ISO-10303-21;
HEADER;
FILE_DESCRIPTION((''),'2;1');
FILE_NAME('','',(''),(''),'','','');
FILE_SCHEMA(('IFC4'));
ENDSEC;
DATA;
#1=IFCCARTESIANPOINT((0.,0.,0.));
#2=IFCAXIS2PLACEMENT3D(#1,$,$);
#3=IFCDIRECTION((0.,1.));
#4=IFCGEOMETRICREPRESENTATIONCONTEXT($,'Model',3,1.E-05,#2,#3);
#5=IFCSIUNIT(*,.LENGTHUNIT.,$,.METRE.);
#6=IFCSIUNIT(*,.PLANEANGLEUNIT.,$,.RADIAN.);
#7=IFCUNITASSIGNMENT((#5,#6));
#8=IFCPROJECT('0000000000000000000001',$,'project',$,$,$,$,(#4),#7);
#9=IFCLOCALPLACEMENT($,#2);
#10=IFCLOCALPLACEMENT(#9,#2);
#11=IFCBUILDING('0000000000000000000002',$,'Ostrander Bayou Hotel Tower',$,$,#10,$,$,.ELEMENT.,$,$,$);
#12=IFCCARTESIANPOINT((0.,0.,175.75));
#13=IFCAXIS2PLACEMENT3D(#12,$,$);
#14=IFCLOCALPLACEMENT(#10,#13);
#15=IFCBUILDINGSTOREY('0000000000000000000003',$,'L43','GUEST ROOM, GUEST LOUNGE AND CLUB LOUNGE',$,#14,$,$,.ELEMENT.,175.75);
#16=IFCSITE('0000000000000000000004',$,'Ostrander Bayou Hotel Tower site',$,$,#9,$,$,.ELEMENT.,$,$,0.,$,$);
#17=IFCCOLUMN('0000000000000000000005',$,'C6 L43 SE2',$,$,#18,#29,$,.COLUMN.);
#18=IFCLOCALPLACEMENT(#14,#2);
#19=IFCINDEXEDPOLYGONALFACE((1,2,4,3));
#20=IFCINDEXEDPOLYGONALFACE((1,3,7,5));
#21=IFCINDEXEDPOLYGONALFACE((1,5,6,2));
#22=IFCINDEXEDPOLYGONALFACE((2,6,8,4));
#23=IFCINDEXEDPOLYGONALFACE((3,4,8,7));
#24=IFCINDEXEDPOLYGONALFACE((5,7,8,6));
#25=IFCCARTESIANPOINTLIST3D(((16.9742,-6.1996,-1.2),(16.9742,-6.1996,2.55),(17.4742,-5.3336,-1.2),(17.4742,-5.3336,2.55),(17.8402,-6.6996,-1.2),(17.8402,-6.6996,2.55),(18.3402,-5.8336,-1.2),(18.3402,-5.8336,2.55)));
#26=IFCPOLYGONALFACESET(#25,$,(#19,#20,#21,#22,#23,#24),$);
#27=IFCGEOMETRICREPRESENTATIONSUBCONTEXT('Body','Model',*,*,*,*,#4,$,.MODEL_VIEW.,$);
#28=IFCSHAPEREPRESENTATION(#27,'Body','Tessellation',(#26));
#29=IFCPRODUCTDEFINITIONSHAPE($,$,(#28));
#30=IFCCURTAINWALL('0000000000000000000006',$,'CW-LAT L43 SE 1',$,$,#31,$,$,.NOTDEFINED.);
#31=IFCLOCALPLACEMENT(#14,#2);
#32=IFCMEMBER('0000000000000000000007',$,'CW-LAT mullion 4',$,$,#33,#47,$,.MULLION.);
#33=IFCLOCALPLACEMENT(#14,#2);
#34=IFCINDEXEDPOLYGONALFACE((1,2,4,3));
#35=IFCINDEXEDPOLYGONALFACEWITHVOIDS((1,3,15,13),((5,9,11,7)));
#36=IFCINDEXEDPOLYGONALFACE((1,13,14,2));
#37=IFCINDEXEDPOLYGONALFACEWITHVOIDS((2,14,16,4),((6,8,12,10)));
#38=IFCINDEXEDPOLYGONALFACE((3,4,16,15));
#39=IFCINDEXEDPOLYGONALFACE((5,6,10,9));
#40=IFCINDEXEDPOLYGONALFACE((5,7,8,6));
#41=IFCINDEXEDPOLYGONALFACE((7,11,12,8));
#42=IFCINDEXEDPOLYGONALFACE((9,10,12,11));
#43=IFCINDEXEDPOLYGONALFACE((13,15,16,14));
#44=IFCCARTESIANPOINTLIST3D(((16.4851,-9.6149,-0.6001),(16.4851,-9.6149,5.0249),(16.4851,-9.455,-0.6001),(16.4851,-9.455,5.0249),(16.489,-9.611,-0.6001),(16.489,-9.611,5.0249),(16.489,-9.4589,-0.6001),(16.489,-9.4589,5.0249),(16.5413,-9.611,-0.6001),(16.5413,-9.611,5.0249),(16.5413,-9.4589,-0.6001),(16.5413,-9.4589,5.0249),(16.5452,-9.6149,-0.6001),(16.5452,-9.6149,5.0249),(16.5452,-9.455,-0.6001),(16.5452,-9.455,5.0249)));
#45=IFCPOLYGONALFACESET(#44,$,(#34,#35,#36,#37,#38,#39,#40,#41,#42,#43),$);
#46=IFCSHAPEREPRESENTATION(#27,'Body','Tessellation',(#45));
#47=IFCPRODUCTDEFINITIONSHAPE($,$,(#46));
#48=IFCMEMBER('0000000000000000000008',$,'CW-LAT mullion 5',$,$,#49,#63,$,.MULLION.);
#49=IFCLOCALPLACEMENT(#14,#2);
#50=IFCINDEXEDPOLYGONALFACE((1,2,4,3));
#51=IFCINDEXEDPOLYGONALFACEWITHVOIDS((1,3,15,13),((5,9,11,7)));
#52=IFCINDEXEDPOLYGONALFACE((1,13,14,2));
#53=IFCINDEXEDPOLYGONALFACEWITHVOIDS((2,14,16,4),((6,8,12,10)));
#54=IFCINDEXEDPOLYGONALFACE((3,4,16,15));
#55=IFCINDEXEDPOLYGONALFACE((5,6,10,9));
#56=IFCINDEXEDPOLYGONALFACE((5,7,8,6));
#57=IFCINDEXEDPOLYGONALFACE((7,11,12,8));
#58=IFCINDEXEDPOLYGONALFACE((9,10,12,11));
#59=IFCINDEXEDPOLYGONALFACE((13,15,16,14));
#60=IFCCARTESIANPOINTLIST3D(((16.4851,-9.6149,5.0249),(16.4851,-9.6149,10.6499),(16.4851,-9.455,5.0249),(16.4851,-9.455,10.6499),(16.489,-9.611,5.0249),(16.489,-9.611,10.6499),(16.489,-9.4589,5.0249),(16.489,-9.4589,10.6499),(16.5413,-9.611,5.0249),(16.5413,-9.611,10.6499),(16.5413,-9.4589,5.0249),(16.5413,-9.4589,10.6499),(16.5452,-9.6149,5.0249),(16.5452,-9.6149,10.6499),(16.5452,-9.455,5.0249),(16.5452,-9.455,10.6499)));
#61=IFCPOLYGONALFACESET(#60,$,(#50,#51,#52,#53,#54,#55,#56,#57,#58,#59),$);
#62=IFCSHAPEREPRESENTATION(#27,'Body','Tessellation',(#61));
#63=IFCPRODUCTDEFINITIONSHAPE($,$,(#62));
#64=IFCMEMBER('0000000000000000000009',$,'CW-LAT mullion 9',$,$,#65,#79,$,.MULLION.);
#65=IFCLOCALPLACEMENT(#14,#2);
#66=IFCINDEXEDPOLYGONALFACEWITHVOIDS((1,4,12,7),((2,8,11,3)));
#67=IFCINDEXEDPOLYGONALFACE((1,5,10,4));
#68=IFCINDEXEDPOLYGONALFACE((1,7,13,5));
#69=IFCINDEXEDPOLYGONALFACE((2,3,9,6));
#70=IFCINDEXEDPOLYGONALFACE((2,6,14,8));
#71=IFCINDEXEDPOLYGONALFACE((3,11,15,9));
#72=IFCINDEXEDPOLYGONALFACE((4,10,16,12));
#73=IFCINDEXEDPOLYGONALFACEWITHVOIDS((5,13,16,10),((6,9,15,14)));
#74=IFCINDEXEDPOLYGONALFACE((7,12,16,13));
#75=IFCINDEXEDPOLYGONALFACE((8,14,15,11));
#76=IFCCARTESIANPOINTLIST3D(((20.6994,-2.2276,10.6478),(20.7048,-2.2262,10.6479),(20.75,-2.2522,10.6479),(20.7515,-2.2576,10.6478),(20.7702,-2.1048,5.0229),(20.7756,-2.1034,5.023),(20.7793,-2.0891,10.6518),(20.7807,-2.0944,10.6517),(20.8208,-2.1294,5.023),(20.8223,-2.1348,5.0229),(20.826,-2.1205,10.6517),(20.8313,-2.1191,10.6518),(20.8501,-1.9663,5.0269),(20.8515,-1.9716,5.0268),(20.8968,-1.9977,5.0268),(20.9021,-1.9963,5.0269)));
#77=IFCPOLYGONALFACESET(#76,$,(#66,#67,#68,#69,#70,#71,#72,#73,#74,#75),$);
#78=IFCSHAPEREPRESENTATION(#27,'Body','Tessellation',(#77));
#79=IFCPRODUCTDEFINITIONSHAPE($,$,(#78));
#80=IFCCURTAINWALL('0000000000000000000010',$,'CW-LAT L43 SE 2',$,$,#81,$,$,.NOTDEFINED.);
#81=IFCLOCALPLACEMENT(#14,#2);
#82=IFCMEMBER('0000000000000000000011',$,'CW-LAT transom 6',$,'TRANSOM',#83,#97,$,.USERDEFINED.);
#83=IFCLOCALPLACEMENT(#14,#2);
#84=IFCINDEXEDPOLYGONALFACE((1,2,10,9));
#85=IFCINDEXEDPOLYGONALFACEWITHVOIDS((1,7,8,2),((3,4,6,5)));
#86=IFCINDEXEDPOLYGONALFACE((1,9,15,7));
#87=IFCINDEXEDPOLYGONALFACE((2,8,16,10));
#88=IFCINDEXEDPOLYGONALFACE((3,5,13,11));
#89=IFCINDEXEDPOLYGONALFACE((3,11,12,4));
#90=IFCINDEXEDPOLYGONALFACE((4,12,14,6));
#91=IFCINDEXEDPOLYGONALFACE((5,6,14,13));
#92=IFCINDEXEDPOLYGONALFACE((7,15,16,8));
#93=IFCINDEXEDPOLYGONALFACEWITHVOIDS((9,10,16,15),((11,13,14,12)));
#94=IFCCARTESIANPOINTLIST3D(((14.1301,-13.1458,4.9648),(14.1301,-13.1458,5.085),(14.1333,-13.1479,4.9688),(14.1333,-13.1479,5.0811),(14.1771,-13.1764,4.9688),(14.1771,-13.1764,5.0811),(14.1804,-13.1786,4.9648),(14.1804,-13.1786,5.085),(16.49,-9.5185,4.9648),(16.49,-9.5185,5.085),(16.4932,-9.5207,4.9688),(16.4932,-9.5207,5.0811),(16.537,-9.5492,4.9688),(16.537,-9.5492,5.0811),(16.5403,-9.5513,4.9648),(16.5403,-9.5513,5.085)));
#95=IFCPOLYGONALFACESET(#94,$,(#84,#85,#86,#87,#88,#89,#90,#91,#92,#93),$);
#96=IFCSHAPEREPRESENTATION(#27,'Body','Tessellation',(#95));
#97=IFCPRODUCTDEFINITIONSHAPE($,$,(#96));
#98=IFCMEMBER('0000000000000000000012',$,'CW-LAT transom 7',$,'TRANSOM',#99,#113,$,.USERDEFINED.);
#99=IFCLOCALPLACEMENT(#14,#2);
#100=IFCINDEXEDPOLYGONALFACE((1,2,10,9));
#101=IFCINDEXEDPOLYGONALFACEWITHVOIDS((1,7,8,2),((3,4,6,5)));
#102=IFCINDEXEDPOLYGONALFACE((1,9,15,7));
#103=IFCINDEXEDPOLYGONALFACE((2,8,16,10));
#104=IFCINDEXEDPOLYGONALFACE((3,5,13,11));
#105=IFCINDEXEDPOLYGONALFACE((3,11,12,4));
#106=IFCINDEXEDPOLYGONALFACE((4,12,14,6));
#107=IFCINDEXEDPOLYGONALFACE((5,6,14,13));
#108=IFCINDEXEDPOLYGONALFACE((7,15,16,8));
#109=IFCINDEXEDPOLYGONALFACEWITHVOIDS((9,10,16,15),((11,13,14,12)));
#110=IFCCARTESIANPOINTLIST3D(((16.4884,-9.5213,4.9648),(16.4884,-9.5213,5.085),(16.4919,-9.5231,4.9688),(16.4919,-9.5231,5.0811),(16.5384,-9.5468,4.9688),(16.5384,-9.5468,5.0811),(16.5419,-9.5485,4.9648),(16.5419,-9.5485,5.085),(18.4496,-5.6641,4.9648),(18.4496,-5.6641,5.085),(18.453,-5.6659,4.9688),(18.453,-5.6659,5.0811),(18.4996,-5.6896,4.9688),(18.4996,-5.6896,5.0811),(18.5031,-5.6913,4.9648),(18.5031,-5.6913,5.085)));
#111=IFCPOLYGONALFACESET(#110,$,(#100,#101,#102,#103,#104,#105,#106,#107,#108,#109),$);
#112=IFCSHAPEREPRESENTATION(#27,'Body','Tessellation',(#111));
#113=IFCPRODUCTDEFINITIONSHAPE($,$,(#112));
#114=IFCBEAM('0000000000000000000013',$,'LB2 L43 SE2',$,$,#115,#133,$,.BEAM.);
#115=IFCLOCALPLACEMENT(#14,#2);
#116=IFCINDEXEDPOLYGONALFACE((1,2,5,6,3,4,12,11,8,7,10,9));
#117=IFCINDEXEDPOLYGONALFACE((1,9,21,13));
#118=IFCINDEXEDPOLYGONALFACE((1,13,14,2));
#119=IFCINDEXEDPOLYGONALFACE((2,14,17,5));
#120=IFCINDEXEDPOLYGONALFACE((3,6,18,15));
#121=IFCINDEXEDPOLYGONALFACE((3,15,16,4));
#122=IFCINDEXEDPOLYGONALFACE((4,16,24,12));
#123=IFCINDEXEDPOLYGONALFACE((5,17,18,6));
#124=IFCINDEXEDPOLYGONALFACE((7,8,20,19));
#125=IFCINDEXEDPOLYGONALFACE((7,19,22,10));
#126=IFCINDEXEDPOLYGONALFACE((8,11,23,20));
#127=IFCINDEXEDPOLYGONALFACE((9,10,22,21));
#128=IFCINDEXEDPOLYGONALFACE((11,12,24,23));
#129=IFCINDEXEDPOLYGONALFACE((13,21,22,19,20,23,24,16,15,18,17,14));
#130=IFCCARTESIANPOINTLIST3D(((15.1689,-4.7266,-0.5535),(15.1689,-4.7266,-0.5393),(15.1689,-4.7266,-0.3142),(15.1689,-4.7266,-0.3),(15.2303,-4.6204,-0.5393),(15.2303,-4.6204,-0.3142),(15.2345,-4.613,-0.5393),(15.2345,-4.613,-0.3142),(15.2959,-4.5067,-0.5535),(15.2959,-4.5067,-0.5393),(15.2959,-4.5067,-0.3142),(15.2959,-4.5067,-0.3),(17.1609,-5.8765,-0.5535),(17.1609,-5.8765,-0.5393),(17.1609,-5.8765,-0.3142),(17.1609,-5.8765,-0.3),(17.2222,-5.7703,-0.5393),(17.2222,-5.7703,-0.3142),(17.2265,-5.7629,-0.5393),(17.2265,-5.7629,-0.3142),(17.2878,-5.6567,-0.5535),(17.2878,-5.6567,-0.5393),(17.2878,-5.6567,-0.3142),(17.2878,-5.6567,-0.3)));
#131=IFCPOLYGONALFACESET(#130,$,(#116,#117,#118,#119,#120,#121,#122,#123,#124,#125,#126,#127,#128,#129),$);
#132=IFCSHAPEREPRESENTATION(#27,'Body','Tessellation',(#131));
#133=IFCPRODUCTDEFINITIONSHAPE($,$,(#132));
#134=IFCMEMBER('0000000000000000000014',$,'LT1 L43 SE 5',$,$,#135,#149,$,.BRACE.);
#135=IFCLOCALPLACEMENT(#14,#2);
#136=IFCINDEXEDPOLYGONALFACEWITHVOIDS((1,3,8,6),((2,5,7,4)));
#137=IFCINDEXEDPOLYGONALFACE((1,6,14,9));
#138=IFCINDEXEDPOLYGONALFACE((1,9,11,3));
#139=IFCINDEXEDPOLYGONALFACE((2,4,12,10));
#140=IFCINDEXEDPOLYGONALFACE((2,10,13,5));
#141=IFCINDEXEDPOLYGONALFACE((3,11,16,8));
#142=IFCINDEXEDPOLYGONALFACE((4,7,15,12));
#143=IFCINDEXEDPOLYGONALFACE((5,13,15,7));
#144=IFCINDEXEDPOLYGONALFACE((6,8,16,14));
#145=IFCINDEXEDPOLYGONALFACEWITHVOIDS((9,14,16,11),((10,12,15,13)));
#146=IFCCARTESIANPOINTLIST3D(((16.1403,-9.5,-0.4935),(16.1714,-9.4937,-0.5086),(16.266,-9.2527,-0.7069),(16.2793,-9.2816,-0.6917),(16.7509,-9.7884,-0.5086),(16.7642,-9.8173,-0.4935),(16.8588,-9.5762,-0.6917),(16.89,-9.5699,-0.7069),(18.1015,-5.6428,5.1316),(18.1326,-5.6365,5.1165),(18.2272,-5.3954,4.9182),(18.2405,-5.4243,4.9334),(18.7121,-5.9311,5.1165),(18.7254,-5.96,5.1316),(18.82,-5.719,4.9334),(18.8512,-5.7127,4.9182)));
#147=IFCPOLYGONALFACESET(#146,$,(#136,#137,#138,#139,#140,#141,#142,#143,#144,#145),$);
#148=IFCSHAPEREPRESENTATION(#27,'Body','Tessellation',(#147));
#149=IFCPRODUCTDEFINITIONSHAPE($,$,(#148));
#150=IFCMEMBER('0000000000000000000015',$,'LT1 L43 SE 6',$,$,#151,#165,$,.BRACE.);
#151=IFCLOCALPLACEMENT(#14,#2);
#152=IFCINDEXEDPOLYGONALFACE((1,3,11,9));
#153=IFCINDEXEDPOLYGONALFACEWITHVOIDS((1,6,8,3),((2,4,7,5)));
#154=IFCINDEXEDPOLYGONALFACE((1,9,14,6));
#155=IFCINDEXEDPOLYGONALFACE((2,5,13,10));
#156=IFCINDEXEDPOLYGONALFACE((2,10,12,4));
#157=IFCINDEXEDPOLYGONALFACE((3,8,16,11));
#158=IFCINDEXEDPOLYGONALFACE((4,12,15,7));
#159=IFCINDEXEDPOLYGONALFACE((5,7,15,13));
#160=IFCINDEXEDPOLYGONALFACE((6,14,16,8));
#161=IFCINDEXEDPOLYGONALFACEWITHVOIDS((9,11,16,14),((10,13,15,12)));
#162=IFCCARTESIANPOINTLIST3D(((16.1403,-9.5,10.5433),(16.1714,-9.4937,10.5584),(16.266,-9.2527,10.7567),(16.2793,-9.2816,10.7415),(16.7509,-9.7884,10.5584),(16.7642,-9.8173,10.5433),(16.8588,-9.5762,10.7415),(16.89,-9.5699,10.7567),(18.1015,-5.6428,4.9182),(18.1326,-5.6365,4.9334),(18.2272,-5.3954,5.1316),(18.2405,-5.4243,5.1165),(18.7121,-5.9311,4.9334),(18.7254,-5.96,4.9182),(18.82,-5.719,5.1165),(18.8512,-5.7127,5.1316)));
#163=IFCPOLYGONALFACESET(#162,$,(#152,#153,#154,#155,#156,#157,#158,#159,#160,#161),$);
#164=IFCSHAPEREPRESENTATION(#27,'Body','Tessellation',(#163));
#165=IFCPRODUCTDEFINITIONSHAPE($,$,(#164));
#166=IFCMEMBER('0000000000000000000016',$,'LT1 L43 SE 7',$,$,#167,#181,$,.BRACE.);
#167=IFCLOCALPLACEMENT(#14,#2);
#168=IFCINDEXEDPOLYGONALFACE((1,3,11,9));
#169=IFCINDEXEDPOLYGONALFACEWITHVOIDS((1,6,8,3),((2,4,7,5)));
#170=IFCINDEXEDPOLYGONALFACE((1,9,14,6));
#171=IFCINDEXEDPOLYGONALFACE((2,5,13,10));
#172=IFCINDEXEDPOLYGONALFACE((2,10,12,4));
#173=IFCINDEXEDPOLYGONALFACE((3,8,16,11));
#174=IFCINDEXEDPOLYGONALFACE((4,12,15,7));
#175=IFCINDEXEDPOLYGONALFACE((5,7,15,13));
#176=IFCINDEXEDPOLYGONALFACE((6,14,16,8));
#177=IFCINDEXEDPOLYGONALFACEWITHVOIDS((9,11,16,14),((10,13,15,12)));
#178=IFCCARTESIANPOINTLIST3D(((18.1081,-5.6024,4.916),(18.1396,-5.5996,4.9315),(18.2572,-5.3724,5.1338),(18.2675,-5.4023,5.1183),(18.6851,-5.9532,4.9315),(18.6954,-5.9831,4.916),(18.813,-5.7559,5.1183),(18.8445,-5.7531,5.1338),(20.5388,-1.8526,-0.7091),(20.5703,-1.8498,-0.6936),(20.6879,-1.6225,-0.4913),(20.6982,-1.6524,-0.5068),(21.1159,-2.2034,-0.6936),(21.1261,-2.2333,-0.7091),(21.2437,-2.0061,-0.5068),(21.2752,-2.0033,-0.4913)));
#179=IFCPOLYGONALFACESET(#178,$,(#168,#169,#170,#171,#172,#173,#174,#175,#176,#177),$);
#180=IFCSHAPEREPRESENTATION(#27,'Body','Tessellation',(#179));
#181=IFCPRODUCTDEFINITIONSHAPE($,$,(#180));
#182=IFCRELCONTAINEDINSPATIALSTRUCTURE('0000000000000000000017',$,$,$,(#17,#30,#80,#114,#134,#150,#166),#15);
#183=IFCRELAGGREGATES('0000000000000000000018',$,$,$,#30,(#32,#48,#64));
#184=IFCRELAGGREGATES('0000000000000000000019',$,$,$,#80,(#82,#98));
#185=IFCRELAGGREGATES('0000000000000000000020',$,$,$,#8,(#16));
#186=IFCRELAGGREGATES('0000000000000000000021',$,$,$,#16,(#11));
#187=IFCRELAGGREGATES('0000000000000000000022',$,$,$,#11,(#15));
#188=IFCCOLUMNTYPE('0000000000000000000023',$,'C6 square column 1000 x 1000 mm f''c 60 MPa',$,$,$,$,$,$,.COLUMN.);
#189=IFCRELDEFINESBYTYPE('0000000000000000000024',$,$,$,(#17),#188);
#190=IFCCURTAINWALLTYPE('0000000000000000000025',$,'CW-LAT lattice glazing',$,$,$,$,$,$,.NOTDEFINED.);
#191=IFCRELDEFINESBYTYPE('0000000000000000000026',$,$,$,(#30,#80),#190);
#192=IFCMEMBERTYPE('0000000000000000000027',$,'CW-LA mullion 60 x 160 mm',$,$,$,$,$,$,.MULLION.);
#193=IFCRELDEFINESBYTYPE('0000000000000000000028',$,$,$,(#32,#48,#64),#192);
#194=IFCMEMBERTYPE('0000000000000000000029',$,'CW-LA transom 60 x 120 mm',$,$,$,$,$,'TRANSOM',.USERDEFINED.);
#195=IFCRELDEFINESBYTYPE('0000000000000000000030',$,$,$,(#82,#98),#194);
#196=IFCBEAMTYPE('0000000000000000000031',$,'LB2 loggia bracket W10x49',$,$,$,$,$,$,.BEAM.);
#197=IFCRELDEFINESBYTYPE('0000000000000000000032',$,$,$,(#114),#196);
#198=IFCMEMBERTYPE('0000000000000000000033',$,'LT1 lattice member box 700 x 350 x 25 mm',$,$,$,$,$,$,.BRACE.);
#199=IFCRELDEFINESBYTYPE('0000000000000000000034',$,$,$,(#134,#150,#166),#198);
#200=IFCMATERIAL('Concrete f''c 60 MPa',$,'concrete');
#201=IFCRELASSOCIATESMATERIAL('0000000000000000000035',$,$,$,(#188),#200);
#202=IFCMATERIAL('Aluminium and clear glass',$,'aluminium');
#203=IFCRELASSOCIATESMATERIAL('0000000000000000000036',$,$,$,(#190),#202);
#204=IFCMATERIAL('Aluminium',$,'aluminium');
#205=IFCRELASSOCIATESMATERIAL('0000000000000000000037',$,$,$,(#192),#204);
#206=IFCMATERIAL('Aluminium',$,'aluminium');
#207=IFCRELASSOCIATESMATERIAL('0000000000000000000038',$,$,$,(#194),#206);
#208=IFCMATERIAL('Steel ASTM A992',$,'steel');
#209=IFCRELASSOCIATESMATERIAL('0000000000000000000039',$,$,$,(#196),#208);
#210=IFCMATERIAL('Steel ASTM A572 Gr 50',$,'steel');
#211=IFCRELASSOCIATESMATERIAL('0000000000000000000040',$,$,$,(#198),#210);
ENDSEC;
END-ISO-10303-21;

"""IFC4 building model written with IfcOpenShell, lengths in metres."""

from ifc_helpers import new_model, si_unit, direction, frame, origin, origin_2d, place, context, subcontext, project, spatial, rectangle, hollow_rectangle, i_section, extrude, material, material_profile, profile_set, type_object, element, aggregate, save


model = new_model("IFC4")

# Units and contexts
model_context = context("Model", 3, precision=1e-05, world=origin(), true_north=direction((0.0, 1.0)))
body_context = subcontext(model_context, "Body", "Model", "MODEL_VIEW")
ifc_project = project(units=[si_unit("LENGTHUNIT", "METRE"), si_unit("PLANEANGLEUNIT", "RADIAN")], contexts=[model_context])

# Site, building, storey
site_placement = place(None, origin())
site = spatial("IfcSite", under=ifc_project, at=site_placement, Name="Ostrander Bayou Hotel Tower site", CompositionType="ELEMENT", RefElevation=0.0)
building_placement = place(site_placement, origin())
building = spatial("IfcBuilding", under=site, at=building_placement, Name="Ostrander Bayou Hotel Tower", CompositionType="ELEMENT")
storey_placement = place(building_placement, frame((0.0, 0.0, 175.75)))
storey = spatial("IfcBuildingStorey", under=building, at=storey_placement, Name="L43", Description="GUEST ROOM, GUEST LOUNGE AND CLUB LOUNGE", CompositionType="ELEMENT", Elevation=175.75)

# Column
ifc_material_1 = material(Name="Concrete f'c 60 MPa", Category="concrete")
ifc_material_profile_1 = material_profile(ifc_material_1, rectangle(XDim=1.0, YDim=1.0, at=origin_2d()))
ifc_profile_set_1 = profile_set([ifc_material_profile_1], Name="Concrete f'c 60 MPa")
column_type = type_object("IfcColumnType", Name="C6 square column 1000 x 1000 mm f'c 60 MPa", PredefinedType="COLUMN", material=ifc_profile_set_1)
column_placement = place(storey_placement, frame((17.6572, -6.0166, -1.2), z_axis=(0.0, 0.0, 1.0), x_axis=(-0.5, -0.866025, 0.0)))
element("IfcColumn", 1, at=column_placement, inside=storey, type_object=column_type, Name="C6 L43 SE2", PredefinedType="COLUMN", context=body_context, shape_type="SweptSolid", body=[
    extrude(rectangle(XDim=1.0, YDim=1.0, at=origin_2d()), origin(), (0.0, 0.0, 1.0), 3.75),
])

# Curtain walls, members
ifc_material_2 = material(Name="Aluminium and clear glass", Category="aluminium")
curtain_wall_type = type_object("IfcCurtainWallType", Name="CW-LAT lattice glazing", PredefinedType="NOTDEFINED", material=ifc_material_2)
curtain_wall_1_placement = place(storey_placement, origin())
curtain_wall_1 = element("IfcCurtainWall", 2, at=curtain_wall_1_placement, inside=storey, type_object=curtain_wall_type, Name="CW-LAT L43 SE 1", PredefinedType="NOTDEFINED")
ifc_material_3 = material(Name="Aluminium", Category="aluminium")
ifc_material_profile_2 = material_profile(ifc_material_3, hollow_rectangle(XDim=0.0601, YDim=0.1599, WallThickness=0.0039, at=origin_2d()))
ifc_profile_set_2 = profile_set([ifc_material_profile_2], Name="Aluminium")
member_type_1 = type_object("IfcMemberType", Name="CW-LA mullion 60 x 160 mm", PredefinedType="MULLION", material=ifc_profile_set_2)
member_1_placement = place(storey_placement, frame((16.5151, -9.5349, -0.6001), z_axis=(0.0, 0.0, 1.0), x_axis=(1.0, 0.0, 0.0)))
member_1 = element("IfcMember", 3, at=member_1_placement, type_object=member_type_1, Name="CW-LAT mullion 4", PredefinedType="MULLION", context=body_context, shape_type="SweptSolid", body=[
    extrude(hollow_rectangle(XDim=0.0601, YDim=0.1599, WallThickness=0.0039, at=origin_2d()), origin(), (0.0, 0.0, 1.0), 5.625),
])
member_2_placement = place(storey_placement, frame((16.5151, -9.5349, 5.0249), z_axis=(0.0, 0.0, 1.0), x_axis=(1.0, 0.0, 0.0)))
member_2 = element("IfcMember", 4, at=member_2_placement, type_object=member_type_1, Name="CW-LAT mullion 5", PredefinedType="MULLION", context=body_context, shape_type="SweptSolid", body=[
    extrude(hollow_rectangle(XDim=0.0601, YDim=0.1599, WallThickness=0.0039, at=origin_2d()), origin(), (0.0, 0.0, 1.0), 5.625),
])
member_3_placement = place(storey_placement, frame((20.8362, -2.0505, 5.0249), z_axis=(-0.012583, -0.021825, 0.999683), x_axis=(0.866329, -0.499474, 0.0)))
member_3 = element("IfcMember", 5, at=member_3_placement, type_object=member_type_1, Name="CW-LAT mullion 9", PredefinedType="MULLION", context=body_context, shape_type="SweptSolid", body=[
    extrude(hollow_rectangle(XDim=0.0601, YDim=0.1599, WallThickness=0.0039, at=origin_2d()), origin(), (0.0, 0.0, 1.0), 5.6267),
])
curtain_wall_2_placement = place(storey_placement, origin())
curtain_wall_2 = element("IfcCurtainWall", 6, at=curtain_wall_2_placement, inside=storey, type_object=curtain_wall_type, Name="CW-LAT L43 SE 2", PredefinedType="NOTDEFINED")
ifc_material_4 = material(Name="Aluminium", Category="aluminium")
ifc_material_profile_3 = material_profile(ifc_material_4, hollow_rectangle(XDim=0.0601, YDim=0.1201, WallThickness=0.0039, at=origin_2d()))
ifc_profile_set_3 = profile_set([ifc_material_profile_3], Name="Aluminium")
member_type_2 = type_object("IfcMemberType", Name="CW-LA transom 60 x 120 mm", ElementType="TRANSOM", PredefinedType="USERDEFINED", material=ifc_profile_set_3)
member_4_placement = place(storey_placement, frame((16.5151, -9.5349, 5.0249), z_axis=(-0.545343, -0.838213, 0.0), x_axis=(0.838213, -0.545343, 0.0)))
member_4 = element("IfcMember", 7, at=member_4_placement, type_object=member_type_2, Name="CW-LAT transom 6", ObjectType="TRANSOM", PredefinedType="USERDEFINED", context=body_context, shape_type="SweptSolid", body=[
    extrude(hollow_rectangle(XDim=0.0601, YDim=0.1201, WallThickness=0.0039, at=origin_2d()), origin(), (0.0, 0.0, 1.0), 4.3274),
])
member_5_placement = place(storey_placement, frame((16.5151, -9.5349, 5.0249), z_axis=(0.453229, 0.891394, 0.0), x_axis=(-0.891394, 0.453229, 0.0)))
member_5 = element("IfcMember", 8, at=member_5_placement, type_object=member_type_2, Name="CW-LAT transom 7", ObjectType="TRANSOM", PredefinedType="USERDEFINED", context=body_context, shape_type="SweptSolid", body=[
    extrude(hollow_rectangle(XDim=0.0601, YDim=0.1201, WallThickness=0.0039, at=origin_2d()), origin(), (0.0, 0.0, 1.0), 4.3271),
])

# Beam
ifc_material_5 = material(Name="Steel ASTM A992", Category="steel")
ifc_material_profile_4 = material_profile(ifc_material_5, i_section(OverallWidth=0.2539, OverallDepth=0.2534, WebThickness=0.0085, FlangeThickness=0.0142, at=origin_2d()))
ifc_profile_set_4 = profile_set([ifc_material_profile_4], Name="Steel ASTM A992")
beam_type_1 = type_object("IfcBeamType", Name="LB2 loggia bracket W10x49", PredefinedType="BEAM", material=ifc_profile_set_4)
beam_1_placement = place(storey_placement, frame((17.2244, -5.7666, -0.4268), z_axis=(-0.866053, 0.499952, 0.0), x_axis=(-0.499952, -0.866053, 0.0)))
element("IfcBeam", 9, at=beam_1_placement, inside=storey, type_object=beam_type_1, Name="LB2 L43 SE2", PredefinedType="BEAM", context=body_context, shape_type="SweptSolid", body=[
    extrude(i_section(OverallWidth=0.2539, OverallDepth=0.2534, WebThickness=0.0085, FlangeThickness=0.0142, at=origin_2d()), origin(), (0.0, 0.0, 1.0), 2.3),
])

# Members
ifc_material_6 = material(Name="Steel ASTM A572 Gr 50", Category="steel")
ifc_material_profile_5 = material_profile(ifc_material_6, hollow_rectangle(XDim=0.7, YDim=0.3501, WallThickness=0.0249, at=origin_2d()))
ifc_profile_set_5 = profile_set([ifc_material_profile_5], Name="Steel ASTM A572 Gr 50")
member_type_3 = type_object("IfcMemberType", Name="LT1 lattice member box 700 x 350 x 25 mm", PredefinedType="BRACE", material=ifc_profile_set_5)
for number, where, z_axis, x_axis, name in (
    (10, (18.4763, -5.6777, 5.0249), (-0.276347, -0.543509, -0.79261), (0.891394, -0.453229, 0.0), "LT1 L43 SE 5"),
    (11, (18.4763, -5.6777, 5.0249), (-0.276347, -0.543509, 0.79261), (0.891394, -0.453229, 0.0), "LT1 L43 SE 6"),
):
    element("IfcMember", number, at=place(storey_placement, frame(where, z_axis=z_axis, x_axis=x_axis)), inside=storey, type_object=member_type_3, Name=name, PredefinedType="BRACE", context=body_context, shape_type="SweptSolid", body=[
        extrude(hollow_rectangle(XDim=0.7, YDim=0.3501, WallThickness=0.0249, at=origin_2d()), origin(), (0.0, 0.0, 1.0), 7.0969),
    ])
member_6_placement = place(storey_placement, frame((18.4763, -5.6777, 5.0249), z_axis=(0.338346, 0.521962, -0.782993), x_axis=(-0.839126, 0.543937, 0.0)))
element("IfcMember", 12, at=member_6_placement, inside=storey, type_object=member_type_3, Name="LT1 L43 SE 7", PredefinedType="BRACE", context=body_context, shape_type="SweptSolid", body=[
    extrude(hollow_rectangle(XDim=0.7, YDim=0.3501, WallThickness=0.0249, at=origin_2d()), origin(), (0.0, 0.0, 1.0), 7.1841),
])

aggregate(curtain_wall_1, [member_1, member_2, member_3])
aggregate(curtain_wall_2, [member_4, member_5])

save(model, "model.ifc")
